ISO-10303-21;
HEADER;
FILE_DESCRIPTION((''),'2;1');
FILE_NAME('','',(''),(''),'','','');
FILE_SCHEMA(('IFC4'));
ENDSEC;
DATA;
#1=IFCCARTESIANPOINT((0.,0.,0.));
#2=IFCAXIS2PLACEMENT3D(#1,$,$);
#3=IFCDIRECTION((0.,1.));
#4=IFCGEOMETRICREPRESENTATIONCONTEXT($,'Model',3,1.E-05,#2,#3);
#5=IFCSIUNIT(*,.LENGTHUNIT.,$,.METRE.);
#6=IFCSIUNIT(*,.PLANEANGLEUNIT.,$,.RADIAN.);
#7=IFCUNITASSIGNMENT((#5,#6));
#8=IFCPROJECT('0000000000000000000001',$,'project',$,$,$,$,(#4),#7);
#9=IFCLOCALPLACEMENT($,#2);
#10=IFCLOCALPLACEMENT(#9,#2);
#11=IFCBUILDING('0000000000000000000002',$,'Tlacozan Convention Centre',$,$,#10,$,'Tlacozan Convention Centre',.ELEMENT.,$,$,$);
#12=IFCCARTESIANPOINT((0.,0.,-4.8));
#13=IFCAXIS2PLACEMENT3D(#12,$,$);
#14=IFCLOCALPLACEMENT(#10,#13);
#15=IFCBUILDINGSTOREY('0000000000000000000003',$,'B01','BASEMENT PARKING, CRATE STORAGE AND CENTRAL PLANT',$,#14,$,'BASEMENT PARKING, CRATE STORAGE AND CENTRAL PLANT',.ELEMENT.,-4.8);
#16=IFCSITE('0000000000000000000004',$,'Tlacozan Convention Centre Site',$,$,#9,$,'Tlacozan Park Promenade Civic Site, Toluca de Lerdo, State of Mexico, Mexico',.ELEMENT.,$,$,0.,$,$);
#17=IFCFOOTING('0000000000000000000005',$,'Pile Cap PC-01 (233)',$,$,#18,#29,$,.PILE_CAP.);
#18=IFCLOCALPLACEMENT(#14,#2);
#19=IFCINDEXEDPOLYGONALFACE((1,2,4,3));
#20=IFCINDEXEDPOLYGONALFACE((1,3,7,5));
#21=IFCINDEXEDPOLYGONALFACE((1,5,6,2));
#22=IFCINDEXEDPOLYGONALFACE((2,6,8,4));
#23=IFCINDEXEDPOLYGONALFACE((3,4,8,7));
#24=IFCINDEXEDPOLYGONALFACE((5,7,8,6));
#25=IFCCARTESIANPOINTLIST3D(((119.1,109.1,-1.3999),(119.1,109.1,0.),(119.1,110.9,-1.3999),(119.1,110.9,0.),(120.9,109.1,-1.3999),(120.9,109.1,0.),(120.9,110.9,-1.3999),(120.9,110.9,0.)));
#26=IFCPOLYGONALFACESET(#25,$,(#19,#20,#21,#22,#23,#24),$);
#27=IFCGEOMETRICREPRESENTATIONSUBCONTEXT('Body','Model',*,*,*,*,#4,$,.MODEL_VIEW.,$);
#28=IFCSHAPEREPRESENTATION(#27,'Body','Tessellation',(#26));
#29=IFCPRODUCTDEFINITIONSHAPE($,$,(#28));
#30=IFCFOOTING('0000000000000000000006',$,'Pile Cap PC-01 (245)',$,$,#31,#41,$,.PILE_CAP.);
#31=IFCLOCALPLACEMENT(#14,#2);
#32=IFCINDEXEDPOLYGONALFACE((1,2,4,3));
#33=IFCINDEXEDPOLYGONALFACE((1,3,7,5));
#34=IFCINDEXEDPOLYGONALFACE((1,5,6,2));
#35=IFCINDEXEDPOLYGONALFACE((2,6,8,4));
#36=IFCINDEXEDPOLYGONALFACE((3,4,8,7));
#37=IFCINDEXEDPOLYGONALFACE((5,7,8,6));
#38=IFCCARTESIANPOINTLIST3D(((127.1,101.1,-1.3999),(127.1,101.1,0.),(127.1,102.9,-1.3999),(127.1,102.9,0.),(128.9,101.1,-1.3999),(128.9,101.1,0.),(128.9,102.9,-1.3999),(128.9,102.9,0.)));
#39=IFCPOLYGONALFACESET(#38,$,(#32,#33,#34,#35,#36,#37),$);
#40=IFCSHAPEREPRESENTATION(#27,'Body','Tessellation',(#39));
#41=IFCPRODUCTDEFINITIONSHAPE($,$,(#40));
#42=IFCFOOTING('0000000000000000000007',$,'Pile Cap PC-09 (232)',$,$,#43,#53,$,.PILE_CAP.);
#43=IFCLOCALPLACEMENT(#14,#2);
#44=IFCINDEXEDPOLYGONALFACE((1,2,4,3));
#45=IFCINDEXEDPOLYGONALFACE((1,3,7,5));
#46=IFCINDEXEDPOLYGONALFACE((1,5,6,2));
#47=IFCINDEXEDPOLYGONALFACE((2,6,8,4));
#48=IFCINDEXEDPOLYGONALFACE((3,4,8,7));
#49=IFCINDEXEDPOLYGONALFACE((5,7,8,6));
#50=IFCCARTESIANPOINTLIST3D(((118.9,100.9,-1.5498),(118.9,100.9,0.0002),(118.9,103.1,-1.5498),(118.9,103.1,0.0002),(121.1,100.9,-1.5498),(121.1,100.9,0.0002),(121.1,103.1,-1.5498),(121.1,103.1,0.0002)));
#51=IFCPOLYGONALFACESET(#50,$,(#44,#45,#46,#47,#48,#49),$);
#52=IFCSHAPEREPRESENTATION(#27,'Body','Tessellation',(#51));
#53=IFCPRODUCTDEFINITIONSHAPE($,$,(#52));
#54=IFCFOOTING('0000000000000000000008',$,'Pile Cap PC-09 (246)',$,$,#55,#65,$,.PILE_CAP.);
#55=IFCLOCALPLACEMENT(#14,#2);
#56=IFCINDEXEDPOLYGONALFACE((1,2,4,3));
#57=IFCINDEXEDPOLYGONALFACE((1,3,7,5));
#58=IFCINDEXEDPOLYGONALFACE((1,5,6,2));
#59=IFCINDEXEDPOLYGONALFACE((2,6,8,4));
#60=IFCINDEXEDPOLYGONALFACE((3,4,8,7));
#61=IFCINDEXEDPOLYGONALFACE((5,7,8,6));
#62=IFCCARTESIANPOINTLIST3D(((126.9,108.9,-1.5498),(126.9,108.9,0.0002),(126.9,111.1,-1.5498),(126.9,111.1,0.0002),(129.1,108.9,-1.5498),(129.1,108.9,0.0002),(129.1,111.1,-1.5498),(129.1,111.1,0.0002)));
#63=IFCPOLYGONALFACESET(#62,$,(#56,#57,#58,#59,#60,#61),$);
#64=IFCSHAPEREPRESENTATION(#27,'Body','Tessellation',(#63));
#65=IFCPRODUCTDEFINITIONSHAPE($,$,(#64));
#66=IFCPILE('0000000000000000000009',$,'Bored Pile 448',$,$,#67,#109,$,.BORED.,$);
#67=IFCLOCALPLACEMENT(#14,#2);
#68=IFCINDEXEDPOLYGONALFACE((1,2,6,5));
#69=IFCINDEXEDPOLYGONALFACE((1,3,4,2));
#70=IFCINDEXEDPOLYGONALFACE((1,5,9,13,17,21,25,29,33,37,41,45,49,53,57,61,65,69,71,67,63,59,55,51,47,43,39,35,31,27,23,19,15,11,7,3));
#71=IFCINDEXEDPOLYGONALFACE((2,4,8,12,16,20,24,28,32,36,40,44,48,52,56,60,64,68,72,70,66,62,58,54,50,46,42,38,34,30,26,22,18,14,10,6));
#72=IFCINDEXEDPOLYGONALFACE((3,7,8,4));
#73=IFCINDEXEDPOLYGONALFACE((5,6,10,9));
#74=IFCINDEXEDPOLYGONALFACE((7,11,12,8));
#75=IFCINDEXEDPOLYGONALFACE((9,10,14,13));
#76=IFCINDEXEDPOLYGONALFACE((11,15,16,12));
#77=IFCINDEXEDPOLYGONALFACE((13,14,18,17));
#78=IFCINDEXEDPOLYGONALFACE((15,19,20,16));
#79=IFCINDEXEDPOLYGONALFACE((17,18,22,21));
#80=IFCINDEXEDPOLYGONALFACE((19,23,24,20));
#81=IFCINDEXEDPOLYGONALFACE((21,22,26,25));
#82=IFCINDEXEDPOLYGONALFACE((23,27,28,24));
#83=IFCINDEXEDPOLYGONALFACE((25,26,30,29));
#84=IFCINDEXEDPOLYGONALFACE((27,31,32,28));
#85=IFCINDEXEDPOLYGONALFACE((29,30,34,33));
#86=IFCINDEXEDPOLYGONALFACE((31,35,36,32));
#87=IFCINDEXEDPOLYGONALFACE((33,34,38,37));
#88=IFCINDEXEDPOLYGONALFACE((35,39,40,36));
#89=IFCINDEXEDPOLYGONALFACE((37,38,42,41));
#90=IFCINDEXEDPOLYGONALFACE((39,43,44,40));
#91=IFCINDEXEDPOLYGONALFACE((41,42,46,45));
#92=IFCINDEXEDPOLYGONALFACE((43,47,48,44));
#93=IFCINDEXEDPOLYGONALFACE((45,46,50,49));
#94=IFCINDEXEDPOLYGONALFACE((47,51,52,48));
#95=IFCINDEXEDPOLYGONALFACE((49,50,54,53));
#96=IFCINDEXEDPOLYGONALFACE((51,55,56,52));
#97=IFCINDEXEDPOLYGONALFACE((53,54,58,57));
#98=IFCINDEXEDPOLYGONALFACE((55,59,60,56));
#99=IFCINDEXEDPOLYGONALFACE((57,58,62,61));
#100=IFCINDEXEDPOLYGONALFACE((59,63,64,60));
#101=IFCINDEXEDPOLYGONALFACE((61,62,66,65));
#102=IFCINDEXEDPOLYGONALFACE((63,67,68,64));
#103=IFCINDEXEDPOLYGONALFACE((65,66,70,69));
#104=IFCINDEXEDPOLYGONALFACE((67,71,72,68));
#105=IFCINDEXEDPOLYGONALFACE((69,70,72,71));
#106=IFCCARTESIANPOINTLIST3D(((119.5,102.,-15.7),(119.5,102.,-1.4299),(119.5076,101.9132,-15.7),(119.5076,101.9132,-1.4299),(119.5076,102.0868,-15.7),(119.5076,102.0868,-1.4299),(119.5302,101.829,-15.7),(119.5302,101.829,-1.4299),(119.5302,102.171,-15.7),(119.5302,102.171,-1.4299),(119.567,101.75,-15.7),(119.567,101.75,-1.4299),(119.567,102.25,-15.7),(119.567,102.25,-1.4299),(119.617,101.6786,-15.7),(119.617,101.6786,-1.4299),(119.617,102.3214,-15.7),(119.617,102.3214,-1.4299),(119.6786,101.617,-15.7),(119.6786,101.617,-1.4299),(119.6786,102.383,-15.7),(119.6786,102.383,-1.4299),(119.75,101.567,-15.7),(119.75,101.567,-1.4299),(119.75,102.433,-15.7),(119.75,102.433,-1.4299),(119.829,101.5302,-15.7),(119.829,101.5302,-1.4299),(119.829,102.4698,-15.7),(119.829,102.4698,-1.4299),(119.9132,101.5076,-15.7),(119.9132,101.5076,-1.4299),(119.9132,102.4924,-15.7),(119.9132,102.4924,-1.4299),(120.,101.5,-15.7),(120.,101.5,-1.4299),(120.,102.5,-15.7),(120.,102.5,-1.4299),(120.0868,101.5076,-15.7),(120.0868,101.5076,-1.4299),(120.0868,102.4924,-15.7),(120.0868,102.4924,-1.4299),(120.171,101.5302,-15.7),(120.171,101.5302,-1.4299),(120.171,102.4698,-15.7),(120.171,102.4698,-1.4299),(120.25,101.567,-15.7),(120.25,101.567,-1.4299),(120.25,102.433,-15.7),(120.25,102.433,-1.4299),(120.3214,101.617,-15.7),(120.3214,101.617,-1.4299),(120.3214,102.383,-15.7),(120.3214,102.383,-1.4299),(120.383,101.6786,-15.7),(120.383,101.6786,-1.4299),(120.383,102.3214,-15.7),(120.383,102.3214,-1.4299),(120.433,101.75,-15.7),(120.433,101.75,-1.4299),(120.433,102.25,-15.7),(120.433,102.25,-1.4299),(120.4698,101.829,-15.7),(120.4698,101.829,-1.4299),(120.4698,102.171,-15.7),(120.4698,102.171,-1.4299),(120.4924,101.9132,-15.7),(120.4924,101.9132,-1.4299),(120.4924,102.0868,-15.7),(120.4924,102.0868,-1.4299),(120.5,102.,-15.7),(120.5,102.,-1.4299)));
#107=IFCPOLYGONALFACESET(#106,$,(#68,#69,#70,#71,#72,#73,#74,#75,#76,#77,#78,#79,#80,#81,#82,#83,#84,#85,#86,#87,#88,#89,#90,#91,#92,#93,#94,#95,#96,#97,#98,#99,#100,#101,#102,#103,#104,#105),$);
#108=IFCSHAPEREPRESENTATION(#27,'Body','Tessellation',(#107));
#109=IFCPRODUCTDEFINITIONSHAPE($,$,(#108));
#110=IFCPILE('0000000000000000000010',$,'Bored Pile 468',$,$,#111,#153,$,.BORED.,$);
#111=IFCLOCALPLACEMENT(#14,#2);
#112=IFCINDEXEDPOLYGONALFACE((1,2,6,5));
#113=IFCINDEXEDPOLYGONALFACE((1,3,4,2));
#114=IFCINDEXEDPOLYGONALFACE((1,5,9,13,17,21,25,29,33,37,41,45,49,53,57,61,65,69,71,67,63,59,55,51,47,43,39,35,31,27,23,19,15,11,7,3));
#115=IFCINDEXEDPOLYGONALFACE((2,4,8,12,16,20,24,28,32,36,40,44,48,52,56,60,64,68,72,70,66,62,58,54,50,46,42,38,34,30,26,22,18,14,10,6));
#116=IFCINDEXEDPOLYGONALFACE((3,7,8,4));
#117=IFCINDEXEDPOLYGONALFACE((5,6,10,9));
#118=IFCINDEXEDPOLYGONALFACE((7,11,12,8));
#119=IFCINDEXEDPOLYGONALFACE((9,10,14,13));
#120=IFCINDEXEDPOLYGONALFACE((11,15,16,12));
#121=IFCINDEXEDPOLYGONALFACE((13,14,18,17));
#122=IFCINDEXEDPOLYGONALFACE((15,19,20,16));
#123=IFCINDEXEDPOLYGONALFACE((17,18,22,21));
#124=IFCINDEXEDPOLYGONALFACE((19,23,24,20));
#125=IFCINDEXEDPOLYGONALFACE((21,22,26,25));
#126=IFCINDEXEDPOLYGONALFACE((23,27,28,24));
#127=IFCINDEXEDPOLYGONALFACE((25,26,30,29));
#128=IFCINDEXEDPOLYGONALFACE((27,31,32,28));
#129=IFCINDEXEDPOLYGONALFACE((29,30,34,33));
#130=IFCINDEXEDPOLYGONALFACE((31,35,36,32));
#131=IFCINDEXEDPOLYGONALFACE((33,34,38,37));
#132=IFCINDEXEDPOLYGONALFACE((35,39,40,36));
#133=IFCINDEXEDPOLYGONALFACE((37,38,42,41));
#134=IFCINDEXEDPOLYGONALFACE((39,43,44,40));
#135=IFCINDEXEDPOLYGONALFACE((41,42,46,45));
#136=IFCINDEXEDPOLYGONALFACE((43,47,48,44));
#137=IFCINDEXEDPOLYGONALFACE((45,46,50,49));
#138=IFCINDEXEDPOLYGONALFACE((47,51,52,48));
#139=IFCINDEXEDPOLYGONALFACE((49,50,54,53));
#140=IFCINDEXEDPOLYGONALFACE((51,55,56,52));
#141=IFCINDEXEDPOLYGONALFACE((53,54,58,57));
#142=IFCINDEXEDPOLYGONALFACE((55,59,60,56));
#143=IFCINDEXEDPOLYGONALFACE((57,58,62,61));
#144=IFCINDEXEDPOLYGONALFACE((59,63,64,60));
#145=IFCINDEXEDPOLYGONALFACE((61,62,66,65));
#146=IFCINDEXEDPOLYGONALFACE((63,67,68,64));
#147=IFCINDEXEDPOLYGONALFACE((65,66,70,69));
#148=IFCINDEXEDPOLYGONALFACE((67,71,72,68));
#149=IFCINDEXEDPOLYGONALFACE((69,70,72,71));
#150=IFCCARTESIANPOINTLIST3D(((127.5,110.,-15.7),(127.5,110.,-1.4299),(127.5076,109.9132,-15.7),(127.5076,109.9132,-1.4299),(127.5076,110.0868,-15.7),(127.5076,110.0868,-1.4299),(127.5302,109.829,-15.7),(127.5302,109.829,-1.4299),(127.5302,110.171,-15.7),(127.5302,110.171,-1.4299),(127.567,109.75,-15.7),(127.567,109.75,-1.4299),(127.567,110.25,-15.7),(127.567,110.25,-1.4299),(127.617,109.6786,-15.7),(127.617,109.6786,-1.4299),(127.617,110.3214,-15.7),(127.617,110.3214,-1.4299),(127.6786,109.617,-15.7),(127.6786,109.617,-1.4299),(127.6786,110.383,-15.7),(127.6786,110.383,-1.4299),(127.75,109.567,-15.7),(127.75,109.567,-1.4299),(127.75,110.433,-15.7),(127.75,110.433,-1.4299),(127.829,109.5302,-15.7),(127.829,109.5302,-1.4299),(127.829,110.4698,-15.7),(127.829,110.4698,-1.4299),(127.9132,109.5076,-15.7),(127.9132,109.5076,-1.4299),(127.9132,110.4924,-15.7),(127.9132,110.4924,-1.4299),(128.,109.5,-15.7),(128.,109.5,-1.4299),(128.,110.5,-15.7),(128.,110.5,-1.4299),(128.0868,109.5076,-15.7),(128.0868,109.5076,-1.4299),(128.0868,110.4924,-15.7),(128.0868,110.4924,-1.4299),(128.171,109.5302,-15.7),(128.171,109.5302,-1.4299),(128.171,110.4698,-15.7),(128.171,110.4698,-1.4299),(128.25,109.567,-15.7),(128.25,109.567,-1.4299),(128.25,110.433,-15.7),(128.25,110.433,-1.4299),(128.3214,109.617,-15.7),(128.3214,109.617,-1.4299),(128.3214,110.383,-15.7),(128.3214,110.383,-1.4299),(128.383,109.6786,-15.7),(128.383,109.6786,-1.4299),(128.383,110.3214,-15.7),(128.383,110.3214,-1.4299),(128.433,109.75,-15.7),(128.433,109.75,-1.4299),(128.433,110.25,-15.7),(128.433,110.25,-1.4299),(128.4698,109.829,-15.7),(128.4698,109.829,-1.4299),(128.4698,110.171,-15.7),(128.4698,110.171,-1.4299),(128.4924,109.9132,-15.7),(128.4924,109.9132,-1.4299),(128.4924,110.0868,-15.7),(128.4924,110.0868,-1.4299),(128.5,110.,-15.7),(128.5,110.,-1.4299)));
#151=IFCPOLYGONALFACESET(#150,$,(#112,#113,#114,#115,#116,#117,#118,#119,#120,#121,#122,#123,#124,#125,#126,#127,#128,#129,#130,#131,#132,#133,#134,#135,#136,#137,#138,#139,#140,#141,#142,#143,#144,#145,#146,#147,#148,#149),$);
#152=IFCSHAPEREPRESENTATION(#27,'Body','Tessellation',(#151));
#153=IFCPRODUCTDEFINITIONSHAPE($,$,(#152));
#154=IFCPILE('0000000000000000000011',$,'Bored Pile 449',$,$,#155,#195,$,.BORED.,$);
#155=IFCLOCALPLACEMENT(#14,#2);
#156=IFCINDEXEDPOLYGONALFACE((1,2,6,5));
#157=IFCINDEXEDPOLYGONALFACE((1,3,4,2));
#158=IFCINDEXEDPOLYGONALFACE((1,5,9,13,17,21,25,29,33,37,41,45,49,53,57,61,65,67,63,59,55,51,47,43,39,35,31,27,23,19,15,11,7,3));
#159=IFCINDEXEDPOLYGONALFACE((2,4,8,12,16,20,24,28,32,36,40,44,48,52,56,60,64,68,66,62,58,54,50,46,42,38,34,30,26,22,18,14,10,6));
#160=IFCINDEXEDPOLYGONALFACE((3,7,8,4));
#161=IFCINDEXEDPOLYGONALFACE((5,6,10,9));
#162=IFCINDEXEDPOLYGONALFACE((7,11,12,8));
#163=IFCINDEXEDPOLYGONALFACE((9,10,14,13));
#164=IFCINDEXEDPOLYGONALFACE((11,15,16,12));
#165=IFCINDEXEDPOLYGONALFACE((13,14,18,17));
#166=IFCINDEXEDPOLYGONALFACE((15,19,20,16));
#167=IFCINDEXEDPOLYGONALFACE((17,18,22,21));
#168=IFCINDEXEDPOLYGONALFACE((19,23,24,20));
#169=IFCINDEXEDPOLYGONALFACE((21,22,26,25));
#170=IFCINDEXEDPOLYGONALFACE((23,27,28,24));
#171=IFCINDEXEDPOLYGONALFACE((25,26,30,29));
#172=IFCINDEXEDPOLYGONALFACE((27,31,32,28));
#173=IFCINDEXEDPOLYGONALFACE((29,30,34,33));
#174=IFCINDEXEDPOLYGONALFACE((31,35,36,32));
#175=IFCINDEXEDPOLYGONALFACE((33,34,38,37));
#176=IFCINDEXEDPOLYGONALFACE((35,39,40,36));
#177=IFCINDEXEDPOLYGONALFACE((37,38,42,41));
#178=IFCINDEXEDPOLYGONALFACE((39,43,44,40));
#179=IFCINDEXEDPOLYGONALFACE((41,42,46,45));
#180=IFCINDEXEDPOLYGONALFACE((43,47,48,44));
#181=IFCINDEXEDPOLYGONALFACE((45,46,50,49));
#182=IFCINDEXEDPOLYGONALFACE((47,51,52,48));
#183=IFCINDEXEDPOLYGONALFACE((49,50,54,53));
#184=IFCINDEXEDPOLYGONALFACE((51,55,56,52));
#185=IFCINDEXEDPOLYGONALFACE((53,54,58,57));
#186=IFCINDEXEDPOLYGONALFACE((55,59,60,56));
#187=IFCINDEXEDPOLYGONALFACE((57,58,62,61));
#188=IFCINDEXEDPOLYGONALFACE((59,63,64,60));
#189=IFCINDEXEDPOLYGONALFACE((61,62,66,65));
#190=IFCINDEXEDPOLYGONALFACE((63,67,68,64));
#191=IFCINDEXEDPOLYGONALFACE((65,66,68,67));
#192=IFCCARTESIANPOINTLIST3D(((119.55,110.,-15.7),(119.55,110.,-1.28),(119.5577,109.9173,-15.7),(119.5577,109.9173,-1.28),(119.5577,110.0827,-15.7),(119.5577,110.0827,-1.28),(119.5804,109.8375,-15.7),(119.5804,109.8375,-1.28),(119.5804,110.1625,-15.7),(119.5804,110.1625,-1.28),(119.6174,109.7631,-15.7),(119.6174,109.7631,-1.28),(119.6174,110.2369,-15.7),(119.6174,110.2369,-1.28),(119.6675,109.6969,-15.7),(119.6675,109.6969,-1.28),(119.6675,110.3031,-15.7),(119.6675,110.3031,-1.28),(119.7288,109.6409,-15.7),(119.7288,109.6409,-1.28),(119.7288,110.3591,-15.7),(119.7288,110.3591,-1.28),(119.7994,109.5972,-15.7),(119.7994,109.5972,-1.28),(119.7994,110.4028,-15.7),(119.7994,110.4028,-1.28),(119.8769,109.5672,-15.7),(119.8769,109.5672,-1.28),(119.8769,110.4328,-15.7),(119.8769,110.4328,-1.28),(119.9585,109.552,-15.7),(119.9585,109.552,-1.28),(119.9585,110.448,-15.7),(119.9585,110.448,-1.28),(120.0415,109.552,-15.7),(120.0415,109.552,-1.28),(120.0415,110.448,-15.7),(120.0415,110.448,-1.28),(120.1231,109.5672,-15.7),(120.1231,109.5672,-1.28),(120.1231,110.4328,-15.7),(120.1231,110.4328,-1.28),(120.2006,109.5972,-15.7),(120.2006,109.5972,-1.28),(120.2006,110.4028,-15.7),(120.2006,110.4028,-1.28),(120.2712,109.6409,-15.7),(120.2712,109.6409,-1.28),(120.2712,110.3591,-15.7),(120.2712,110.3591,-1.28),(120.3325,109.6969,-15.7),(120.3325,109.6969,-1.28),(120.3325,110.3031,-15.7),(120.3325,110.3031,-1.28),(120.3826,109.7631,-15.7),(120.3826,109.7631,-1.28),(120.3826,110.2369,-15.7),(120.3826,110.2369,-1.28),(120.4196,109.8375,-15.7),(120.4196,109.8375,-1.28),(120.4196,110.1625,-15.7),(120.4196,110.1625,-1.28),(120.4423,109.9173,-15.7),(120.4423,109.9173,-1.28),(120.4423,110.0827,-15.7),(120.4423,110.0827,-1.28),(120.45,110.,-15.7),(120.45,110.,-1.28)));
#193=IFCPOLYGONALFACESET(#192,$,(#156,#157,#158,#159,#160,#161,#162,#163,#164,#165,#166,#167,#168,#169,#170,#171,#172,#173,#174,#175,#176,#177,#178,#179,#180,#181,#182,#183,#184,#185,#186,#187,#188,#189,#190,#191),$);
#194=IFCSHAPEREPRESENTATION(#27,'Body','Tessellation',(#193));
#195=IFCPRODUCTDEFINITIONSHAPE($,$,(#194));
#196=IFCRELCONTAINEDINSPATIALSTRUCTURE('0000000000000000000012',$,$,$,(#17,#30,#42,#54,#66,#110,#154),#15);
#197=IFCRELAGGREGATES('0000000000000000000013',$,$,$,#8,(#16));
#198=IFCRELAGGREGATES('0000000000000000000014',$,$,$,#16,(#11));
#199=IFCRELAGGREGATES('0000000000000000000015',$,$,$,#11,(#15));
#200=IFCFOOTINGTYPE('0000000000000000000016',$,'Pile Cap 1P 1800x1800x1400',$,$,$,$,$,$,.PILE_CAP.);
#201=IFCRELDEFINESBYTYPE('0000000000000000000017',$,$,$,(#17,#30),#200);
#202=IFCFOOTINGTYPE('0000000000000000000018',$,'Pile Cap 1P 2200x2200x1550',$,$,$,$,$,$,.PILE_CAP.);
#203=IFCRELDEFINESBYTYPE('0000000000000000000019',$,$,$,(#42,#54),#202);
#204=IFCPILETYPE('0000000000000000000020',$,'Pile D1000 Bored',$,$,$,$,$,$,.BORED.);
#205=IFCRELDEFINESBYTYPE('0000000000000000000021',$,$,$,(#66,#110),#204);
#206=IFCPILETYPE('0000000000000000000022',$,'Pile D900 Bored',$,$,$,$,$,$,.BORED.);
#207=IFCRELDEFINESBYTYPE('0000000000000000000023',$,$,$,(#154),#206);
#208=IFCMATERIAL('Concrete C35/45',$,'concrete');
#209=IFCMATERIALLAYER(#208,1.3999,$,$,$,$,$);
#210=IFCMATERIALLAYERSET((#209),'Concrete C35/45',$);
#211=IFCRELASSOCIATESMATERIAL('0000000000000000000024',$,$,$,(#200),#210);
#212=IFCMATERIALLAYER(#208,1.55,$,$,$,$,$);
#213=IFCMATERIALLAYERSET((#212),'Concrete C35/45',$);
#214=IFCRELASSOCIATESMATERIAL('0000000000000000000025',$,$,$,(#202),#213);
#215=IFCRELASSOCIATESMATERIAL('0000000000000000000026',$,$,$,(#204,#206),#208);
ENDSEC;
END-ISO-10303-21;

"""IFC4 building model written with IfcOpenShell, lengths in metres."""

from ifc_helpers import new_model, si_unit, direction, frame, origin, origin_2d, place, context, subcontext, project, spatial, rectangle, circle, extrude, material, layer, layer_set, material_profile, profile_set, type_object, element, save


model = new_model("IFC4")

# Units and contexts
model_context = context("Model", 3, precision=1e-05, world=origin(), true_north=direction((0.0, 1.0)))
body_context = subcontext(model_context, "Body", "Model", "MODEL_VIEW")
ifc_project = project(units=[si_unit("LENGTHUNIT", "METRE"), si_unit("PLANEANGLEUNIT", "RADIAN")], contexts=[model_context])

# Site, building, storey
site_placement = place(None, origin())
site = spatial("IfcSite", under=ifc_project, at=site_placement, Name="Tlacozan Convention Centre Site", LongName="Tlacozan Park Promenade Civic Site, Toluca de Lerdo, State of Mexico, Mexico", CompositionType="ELEMENT", RefElevation=0.0)
building_placement = place(site_placement, origin())
building = spatial("IfcBuilding", under=site, at=building_placement, Name="Tlacozan Convention Centre", LongName="Tlacozan Convention Centre", CompositionType="ELEMENT")
storey_placement = place(building_placement, frame((0.0, 0.0, -4.8)))
storey = spatial("IfcBuildingStorey", under=building, at=storey_placement, Name="B01", Description="BASEMENT PARKING, CRATE STORAGE AND CENTRAL PLANT", LongName="BASEMENT PARKING, CRATE STORAGE AND CENTRAL PLANT", CompositionType="ELEMENT", Elevation=-4.8)

# Footings
ifc_material_1 = material(Name="Concrete C35/45", Category="concrete")
ifc_layer_1 = layer(ifc_material_1, 1.3999)
ifc_layer_set_1 = layer_set([ifc_layer_1], Name="Concrete C35/45")
footing_type_1 = type_object("IfcFootingType", Name="Pile Cap 1P 1800x1800x1400", PredefinedType="PILE_CAP", material=ifc_layer_set_1)
for number, where, z_axis, x_axis, name in (
    (1, (120.0, 110.0, -1.3999), (0.0, 0.0, 1.0), (1.0, 0.0, 0.0), "Pile Cap PC-01 (233)"),
    (2, (128.0, 102.0, -1.3999), (0.0, 0.0, 1.0), (1.0, 0.0, 0.0), "Pile Cap PC-01 (245)"),
):
    element("IfcFooting", number, at=place(storey_placement, frame(where, z_axis=z_axis, x_axis=x_axis)), inside=storey, type_object=footing_type_1, Name=name, PredefinedType="PILE_CAP", context=body_context, shape_type="SweptSolid", body=[
        extrude(rectangle(XDim=1.8, YDim=1.8, at=origin_2d()), origin(), (0.0, 0.0, 1.0), 1.3999),
    ])
ifc_layer_2 = layer(ifc_material_1, 1.55)
ifc_layer_set_2 = layer_set([ifc_layer_2], Name="Concrete C35/45")
footing_type_2 = type_object("IfcFootingType", Name="Pile Cap 1P 2200x2200x1550", PredefinedType="PILE_CAP", material=ifc_layer_set_2)
for number, where, z_axis, x_axis, name in (
    (3, (120.0, 102.0, -1.5498), (0.0, 0.0, 1.0), (1.0, 0.0, 0.0), "Pile Cap PC-09 (232)"),
    (4, (128.0, 110.0, -1.5498), (0.0, 0.0, 1.0), (1.0, 0.0, 0.0), "Pile Cap PC-09 (246)"),
):
    element("IfcFooting", number, at=place(storey_placement, frame(where, z_axis=z_axis, x_axis=x_axis)), inside=storey, type_object=footing_type_2, Name=name, PredefinedType="PILE_CAP", context=body_context, shape_type="SweptSolid", body=[
        extrude(rectangle(XDim=2.2, YDim=2.2, at=origin_2d()), origin(), (0.0, 0.0, 1.0), 1.55),
    ])

# Piles
ifc_material_profile_1 = material_profile(ifc_material_1, circle(Radius=0.5, at=origin_2d()), Name="PILE D1000")
ifc_profile_set_1 = profile_set([ifc_material_profile_1], Name="Concrete C35/45")
pile_type_1 = type_object("IfcPileType", Name="Pile D1000 Bored", PredefinedType="BORED", material=ifc_profile_set_1)
for number, where, z_axis, x_axis, name in (
    (5, (120.0, 102.0, -1.4299), (0.0, 0.0, -1.0), (1.0, 0.0, 0.0), "Bored Pile 448"),
    (6, (128.0, 110.0, -1.4299), (0.0, 0.0, -1.0), (1.0, 0.0, 0.0), "Bored Pile 468"),
):
    element("IfcPile", number, at=place(storey_placement, frame(where, z_axis=z_axis, x_axis=x_axis)), inside=storey, type_object=pile_type_1, Name=name, PredefinedType="BORED", context=body_context, shape_type="SweptSolid", body=[
        extrude(circle(Radius=0.5, at=origin_2d()), origin(), (0.0, 0.0, 1.0), 14.27),
    ])
ifc_material_profile_2 = material_profile(ifc_material_1, circle(Radius=0.45, at=origin_2d()), Name="PILE D900")
ifc_profile_set_2 = profile_set([ifc_material_profile_2], Name="Concrete C35/45")
pile_type_2 = type_object("IfcPileType", Name="Pile D900 Bored", PredefinedType="BORED", material=ifc_profile_set_2)
for number, where, z_axis, x_axis, name in (
    (7, (120.0, 110.0, -1.28), (0.0, 0.0, -1.0), (1.0, 0.0, 0.0), "Bored Pile 449"),
):
    element("IfcPile", number, at=place(storey_placement, frame(where, z_axis=z_axis, x_axis=x_axis)), inside=storey, type_object=pile_type_2, Name=name, PredefinedType="BORED", context=body_context, shape_type="SweptSolid", body=[
        extrude(circle(Radius=0.45, at=origin_2d()), origin(), (0.0, 0.0, 1.0), 14.4199),
    ])

save(model, "model.ifc")
